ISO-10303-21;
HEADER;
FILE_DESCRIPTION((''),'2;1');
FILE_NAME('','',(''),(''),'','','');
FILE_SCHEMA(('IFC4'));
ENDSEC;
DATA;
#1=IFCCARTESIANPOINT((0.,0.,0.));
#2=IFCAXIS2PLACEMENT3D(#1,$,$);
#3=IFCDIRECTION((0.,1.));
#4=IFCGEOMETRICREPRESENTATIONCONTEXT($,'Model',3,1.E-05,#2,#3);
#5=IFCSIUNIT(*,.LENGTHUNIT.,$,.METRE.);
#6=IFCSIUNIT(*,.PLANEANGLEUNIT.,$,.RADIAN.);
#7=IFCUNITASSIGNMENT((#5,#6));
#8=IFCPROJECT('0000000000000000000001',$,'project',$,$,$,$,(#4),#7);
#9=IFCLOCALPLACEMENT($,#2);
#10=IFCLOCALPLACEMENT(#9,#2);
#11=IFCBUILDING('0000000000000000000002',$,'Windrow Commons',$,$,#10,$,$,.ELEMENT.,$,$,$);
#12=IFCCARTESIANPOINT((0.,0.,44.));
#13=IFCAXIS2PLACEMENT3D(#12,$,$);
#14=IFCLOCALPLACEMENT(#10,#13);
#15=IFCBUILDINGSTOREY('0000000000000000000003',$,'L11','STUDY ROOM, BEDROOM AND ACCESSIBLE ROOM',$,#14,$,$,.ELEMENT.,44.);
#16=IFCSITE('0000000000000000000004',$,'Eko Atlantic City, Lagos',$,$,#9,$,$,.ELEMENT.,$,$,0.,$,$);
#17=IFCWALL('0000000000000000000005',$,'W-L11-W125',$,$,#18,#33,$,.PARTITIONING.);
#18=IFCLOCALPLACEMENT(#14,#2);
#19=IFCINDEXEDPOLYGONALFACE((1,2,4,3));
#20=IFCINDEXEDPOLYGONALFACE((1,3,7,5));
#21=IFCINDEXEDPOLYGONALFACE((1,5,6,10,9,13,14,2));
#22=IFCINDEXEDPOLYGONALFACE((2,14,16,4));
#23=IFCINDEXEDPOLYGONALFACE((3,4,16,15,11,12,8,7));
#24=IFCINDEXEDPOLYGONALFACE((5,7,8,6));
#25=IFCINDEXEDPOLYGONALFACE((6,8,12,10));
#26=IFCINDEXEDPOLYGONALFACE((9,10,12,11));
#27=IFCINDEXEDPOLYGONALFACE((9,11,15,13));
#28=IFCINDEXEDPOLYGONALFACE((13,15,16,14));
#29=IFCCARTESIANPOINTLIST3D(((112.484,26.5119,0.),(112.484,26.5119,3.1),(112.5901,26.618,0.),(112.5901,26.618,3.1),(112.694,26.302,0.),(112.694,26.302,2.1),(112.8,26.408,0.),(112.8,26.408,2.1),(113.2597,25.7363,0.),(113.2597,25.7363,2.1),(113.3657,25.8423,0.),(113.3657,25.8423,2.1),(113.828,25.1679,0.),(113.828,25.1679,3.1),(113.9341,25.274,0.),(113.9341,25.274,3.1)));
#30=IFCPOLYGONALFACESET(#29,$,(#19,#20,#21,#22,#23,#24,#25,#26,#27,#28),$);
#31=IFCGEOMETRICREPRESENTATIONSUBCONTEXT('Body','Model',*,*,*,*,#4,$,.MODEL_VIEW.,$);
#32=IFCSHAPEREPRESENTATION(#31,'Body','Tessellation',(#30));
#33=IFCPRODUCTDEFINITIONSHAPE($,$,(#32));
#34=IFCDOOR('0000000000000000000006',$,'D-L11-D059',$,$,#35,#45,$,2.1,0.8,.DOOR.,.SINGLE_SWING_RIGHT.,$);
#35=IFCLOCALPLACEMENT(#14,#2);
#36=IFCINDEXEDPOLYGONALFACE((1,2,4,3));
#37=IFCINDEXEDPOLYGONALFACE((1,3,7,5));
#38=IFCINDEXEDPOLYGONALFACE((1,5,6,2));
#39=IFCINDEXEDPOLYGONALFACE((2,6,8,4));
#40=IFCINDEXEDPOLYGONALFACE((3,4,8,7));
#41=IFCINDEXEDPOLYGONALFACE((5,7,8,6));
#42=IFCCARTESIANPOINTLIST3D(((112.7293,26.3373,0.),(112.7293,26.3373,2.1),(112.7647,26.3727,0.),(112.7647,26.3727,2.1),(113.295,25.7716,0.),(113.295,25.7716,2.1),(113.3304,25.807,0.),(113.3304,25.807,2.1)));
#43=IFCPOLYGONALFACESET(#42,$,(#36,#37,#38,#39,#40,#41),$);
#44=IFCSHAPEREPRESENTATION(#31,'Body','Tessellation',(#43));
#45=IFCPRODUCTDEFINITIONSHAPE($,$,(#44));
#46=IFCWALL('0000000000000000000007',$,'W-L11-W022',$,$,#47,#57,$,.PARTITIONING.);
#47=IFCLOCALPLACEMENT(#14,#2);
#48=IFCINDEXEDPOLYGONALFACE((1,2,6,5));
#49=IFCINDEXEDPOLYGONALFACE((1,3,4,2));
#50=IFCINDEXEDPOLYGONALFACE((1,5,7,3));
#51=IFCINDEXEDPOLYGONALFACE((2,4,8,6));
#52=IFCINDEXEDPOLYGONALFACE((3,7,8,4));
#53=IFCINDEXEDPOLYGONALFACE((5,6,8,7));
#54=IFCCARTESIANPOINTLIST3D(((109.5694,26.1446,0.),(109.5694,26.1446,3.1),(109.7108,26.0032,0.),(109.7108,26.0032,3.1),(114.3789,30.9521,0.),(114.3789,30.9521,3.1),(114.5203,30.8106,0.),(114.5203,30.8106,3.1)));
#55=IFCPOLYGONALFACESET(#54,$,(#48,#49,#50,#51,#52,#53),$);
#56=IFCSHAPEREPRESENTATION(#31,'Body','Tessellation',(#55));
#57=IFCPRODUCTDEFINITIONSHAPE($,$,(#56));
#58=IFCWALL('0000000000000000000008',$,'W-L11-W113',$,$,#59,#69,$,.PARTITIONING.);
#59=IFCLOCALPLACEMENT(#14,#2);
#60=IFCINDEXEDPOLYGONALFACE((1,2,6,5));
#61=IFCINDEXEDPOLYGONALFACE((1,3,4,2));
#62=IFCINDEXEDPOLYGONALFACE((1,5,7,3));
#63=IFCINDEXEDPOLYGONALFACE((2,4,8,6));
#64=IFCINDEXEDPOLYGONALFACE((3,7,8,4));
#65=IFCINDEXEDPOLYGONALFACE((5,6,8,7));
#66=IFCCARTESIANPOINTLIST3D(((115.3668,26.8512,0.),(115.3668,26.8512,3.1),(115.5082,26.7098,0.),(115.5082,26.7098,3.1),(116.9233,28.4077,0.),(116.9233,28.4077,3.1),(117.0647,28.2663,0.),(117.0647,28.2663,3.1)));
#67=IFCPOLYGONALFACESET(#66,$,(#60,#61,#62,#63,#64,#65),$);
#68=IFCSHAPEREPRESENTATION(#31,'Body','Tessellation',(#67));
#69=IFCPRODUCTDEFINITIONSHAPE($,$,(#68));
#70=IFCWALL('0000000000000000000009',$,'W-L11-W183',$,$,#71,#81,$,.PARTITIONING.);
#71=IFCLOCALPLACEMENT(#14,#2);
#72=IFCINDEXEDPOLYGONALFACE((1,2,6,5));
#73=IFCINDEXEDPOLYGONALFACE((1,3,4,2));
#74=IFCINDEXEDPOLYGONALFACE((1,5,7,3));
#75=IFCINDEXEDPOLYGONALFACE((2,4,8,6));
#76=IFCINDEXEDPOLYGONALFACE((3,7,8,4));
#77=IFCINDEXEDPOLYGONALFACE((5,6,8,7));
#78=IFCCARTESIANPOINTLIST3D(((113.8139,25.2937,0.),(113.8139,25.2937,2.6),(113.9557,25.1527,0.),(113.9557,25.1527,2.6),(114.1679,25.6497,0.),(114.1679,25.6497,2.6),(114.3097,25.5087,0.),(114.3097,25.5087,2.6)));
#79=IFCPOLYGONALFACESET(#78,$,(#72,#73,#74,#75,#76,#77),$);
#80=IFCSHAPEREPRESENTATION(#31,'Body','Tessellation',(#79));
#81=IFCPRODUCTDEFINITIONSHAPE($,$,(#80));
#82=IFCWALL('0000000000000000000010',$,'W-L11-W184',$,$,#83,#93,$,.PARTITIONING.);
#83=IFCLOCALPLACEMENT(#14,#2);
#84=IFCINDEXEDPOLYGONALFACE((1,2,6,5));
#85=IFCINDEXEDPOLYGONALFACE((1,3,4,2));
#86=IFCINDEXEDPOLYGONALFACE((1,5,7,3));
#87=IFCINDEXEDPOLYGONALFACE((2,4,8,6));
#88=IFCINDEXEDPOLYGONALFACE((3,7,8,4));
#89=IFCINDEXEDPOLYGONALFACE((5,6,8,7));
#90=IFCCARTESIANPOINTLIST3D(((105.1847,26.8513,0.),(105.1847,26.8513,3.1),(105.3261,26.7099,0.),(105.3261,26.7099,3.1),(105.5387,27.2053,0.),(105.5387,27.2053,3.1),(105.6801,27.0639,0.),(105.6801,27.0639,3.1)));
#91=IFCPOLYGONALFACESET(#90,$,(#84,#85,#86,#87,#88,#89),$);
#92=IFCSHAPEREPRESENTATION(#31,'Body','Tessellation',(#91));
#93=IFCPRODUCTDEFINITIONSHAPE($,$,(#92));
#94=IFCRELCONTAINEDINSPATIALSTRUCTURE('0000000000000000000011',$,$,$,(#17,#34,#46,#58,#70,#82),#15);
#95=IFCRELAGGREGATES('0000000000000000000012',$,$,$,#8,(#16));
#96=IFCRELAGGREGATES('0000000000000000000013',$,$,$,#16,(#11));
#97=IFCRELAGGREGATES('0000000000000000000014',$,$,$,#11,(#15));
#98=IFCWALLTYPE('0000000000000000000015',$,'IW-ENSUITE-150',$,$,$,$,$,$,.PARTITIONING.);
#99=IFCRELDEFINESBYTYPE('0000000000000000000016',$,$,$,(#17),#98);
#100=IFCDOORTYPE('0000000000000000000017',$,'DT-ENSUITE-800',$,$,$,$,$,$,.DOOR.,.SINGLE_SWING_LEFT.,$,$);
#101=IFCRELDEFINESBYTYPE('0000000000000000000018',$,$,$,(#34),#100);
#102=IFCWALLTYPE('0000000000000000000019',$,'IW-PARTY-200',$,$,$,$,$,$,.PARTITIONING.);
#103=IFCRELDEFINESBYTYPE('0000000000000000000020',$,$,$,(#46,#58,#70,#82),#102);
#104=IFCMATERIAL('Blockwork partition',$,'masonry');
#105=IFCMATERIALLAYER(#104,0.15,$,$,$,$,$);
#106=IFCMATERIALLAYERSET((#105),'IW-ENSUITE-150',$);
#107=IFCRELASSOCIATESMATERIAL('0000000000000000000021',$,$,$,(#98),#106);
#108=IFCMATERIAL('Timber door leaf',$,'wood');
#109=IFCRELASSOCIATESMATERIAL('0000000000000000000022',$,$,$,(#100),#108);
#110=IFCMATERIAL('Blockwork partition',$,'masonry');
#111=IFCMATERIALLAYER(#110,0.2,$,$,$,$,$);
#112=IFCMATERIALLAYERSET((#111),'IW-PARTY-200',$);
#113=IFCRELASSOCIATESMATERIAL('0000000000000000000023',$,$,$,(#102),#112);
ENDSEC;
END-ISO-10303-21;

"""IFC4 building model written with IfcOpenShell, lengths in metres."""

from ifc_helpers import new_model, si_unit, direction, frame, frame_2d, origin, place, context, subcontext, project, spatial, rectangle, extrude, material, layer, layer_set, type_object, element, fill, save


model = new_model("IFC4")

# Units and contexts
model_context = context("Model", 3, precision=1e-05, world=origin(), true_north=direction((0.0, 1.0)))
body_context = subcontext(model_context, "Body", "Model", "MODEL_VIEW")
ifc_project = project(units=[si_unit("LENGTHUNIT", "METRE"), si_unit("PLANEANGLEUNIT", "RADIAN")], contexts=[model_context])

# Site, building, storey
site_placement = place(None, origin())
site = spatial("IfcSite", under=ifc_project, at=site_placement, Name="Eko Atlantic City, Lagos", CompositionType="ELEMENT", RefElevation=0.0)
building_placement = place(site_placement, origin())
building = spatial("IfcBuilding", under=site, at=building_placement, Name="Windrow Commons", CompositionType="ELEMENT")
storey_placement = place(building_placement, frame((0.0, 0.0, 44.0)))
storey = spatial("IfcBuildingStorey", under=building, at=storey_placement, Name="L11", Description="STUDY ROOM, BEDROOM AND ACCESSIBLE ROOM", CompositionType="ELEMENT", Elevation=44.0)

# Shared definitions
ifc_material_1 = material(Name="Blockwork partition", Category="masonry")
ifc_layer_1 = layer(ifc_material_1, 0.15)
ifc_layer_set_1 = layer_set([ifc_layer_1], Name="IW-ENSUITE-150")
wall_type_1 = type_object("IfcWallType", Name="IW-ENSUITE-150", PredefinedType="PARTITIONING", material=ifc_layer_set_1)

# Wall, opening, door
wall_1_placement = place(storey_placement, frame((112.537, 26.565, 0.0), z_axis=(0.0, 0.0, 1.0), x_axis=(0.707107, -0.707107, 0.0)))
wall_1 = element("IfcWall", 1, at=wall_1_placement, inside=storey, type_object=wall_type_1, Name="W-L11-W125", PredefinedType="PARTITIONING", context=body_context, shape_type="SweptSolid", body=[
    extrude(rectangle(XDim=1.9007, YDim=0.15, at=frame_2d((0.9504, 0.0))), origin(), (0.0, 0.0, 1.0), 3.1),
])
opening_1_placement = place(wall_1_placement, frame((0.297, 0.0, 0.0)))
opening_1 = element("IfcOpeningElement", 2, at=opening_1_placement, cuts=wall_1, PredefinedType="OPENING", context=body_context, shape_type="SweptSolid", body=[
    extrude(rectangle(XDim=0.8, YDim=2.1, at=frame_2d((0.4, 1.05))), frame((0.0, 0.085, 0.0), z_axis=(0.0, -1.0, 0.0), x_axis=(1.0, 0.0, 0.0)), (0.0, 0.0, 1.0), 0.17),
])
ifc_material_2 = material(Name="Timber door leaf", Category="wood")
door_type_1 = type_object("IfcDoorType", Name="DT-ENSUITE-800", OperationType="SINGLE_SWING_LEFT", PredefinedType="DOOR", material=ifc_material_2)
door_1_placement = place(opening_1_placement, origin())
door_1 = element("IfcDoor", 3, at=door_1_placement, inside=storey, type_object=door_type_1, Name="D-L11-D059", OperationType="SINGLE_SWING_RIGHT", OverallHeight=2.1, OverallWidth=0.8, PredefinedType="DOOR", context=body_context, shape_type="SweptSolid", body=[
    extrude(rectangle(XDim=0.8, YDim=2.1, at=frame_2d((0.4, 1.05))), frame((0.0, 0.025, 0.0), z_axis=(0.0, -1.0, 0.0), x_axis=(1.0, 0.0, 0.0)), (0.0, 0.0, 1.0), 0.05),
])
fill(opening_1, door_1)

# Walls
ifc_material_3 = material(Name="Blockwork partition", Category="masonry")
ifc_layer_2 = layer(ifc_material_3, 0.2)
ifc_layer_set_2 = layer_set([ifc_layer_2], Name="IW-PARTY-200")
wall_type_2 = type_object("IfcWallType", Name="IW-PARTY-200", PredefinedType="PARTITIONING", material=ifc_layer_set_2)
wall_2_placement = place(storey_placement, frame((109.6401, 26.0739, 0.0), z_axis=(0.0, 0.0, 1.0), x_axis=(0.707254, 0.70696, 0.0)))
element("IfcWall", 4, at=wall_2_placement, inside=storey, type_object=wall_type_2, Name="W-L11-W022", PredefinedType="PARTITIONING", context=body_context, shape_type="SweptSolid", body=[
    extrude(rectangle(XDim=6.8002, YDim=0.2, at=frame_2d((3.4001, 0.0))), origin(), (0.0, 0.0, 1.0), 3.1),
])
wall_3_placement = place(storey_placement, frame((115.4375, 26.7805, 0.0), z_axis=(0.0, 0.0, 1.0), x_axis=(0.707107, 0.707107, 0.0)))
element("IfcWall", 5, at=wall_3_placement, inside=storey, type_object=wall_type_2, Name="W-L11-W113", PredefinedType="PARTITIONING", context=body_context, shape_type="SweptSolid", body=[
    extrude(rectangle(XDim=2.2012, YDim=0.2, at=frame_2d((1.1006, 0.0))), origin(), (0.0, 0.0, 1.0), 3.1),
])
wall_4_placement = place(storey_placement, frame((113.8848, 25.2232, 0.0), z_axis=(0.0, 0.0, 1.0), x_axis=(0.705112, 0.709096, 0.0)))
element("IfcWall", 6, at=wall_4_placement, inside=storey, type_object=wall_type_2, Name="W-L11-W183", PredefinedType="PARTITIONING", context=body_context, shape_type="SweptSolid", body=[
    extrude(rectangle(XDim=0.502, YDim=0.2, at=frame_2d((0.251, 0.0))), origin(), (0.0, 0.0, 1.0), 2.6),
])
wall_5_placement = place(storey_placement, frame((105.2554, 26.7806, 0.0), z_axis=(0.0, 0.0, 1.0), x_axis=(0.707107, 0.707107, 0.0)))
element("IfcWall", 7, at=wall_5_placement, inside=storey, type_object=wall_type_2, Name="W-L11-W184", PredefinedType="PARTITIONING", context=body_context, shape_type="SweptSolid", body=[
    extrude(rectangle(XDim=0.5006, YDim=0.2, at=frame_2d((0.2503, 0.0))), origin(), (0.0, 0.0, 1.0), 3.1),
])

save(model, "model.ifc")
